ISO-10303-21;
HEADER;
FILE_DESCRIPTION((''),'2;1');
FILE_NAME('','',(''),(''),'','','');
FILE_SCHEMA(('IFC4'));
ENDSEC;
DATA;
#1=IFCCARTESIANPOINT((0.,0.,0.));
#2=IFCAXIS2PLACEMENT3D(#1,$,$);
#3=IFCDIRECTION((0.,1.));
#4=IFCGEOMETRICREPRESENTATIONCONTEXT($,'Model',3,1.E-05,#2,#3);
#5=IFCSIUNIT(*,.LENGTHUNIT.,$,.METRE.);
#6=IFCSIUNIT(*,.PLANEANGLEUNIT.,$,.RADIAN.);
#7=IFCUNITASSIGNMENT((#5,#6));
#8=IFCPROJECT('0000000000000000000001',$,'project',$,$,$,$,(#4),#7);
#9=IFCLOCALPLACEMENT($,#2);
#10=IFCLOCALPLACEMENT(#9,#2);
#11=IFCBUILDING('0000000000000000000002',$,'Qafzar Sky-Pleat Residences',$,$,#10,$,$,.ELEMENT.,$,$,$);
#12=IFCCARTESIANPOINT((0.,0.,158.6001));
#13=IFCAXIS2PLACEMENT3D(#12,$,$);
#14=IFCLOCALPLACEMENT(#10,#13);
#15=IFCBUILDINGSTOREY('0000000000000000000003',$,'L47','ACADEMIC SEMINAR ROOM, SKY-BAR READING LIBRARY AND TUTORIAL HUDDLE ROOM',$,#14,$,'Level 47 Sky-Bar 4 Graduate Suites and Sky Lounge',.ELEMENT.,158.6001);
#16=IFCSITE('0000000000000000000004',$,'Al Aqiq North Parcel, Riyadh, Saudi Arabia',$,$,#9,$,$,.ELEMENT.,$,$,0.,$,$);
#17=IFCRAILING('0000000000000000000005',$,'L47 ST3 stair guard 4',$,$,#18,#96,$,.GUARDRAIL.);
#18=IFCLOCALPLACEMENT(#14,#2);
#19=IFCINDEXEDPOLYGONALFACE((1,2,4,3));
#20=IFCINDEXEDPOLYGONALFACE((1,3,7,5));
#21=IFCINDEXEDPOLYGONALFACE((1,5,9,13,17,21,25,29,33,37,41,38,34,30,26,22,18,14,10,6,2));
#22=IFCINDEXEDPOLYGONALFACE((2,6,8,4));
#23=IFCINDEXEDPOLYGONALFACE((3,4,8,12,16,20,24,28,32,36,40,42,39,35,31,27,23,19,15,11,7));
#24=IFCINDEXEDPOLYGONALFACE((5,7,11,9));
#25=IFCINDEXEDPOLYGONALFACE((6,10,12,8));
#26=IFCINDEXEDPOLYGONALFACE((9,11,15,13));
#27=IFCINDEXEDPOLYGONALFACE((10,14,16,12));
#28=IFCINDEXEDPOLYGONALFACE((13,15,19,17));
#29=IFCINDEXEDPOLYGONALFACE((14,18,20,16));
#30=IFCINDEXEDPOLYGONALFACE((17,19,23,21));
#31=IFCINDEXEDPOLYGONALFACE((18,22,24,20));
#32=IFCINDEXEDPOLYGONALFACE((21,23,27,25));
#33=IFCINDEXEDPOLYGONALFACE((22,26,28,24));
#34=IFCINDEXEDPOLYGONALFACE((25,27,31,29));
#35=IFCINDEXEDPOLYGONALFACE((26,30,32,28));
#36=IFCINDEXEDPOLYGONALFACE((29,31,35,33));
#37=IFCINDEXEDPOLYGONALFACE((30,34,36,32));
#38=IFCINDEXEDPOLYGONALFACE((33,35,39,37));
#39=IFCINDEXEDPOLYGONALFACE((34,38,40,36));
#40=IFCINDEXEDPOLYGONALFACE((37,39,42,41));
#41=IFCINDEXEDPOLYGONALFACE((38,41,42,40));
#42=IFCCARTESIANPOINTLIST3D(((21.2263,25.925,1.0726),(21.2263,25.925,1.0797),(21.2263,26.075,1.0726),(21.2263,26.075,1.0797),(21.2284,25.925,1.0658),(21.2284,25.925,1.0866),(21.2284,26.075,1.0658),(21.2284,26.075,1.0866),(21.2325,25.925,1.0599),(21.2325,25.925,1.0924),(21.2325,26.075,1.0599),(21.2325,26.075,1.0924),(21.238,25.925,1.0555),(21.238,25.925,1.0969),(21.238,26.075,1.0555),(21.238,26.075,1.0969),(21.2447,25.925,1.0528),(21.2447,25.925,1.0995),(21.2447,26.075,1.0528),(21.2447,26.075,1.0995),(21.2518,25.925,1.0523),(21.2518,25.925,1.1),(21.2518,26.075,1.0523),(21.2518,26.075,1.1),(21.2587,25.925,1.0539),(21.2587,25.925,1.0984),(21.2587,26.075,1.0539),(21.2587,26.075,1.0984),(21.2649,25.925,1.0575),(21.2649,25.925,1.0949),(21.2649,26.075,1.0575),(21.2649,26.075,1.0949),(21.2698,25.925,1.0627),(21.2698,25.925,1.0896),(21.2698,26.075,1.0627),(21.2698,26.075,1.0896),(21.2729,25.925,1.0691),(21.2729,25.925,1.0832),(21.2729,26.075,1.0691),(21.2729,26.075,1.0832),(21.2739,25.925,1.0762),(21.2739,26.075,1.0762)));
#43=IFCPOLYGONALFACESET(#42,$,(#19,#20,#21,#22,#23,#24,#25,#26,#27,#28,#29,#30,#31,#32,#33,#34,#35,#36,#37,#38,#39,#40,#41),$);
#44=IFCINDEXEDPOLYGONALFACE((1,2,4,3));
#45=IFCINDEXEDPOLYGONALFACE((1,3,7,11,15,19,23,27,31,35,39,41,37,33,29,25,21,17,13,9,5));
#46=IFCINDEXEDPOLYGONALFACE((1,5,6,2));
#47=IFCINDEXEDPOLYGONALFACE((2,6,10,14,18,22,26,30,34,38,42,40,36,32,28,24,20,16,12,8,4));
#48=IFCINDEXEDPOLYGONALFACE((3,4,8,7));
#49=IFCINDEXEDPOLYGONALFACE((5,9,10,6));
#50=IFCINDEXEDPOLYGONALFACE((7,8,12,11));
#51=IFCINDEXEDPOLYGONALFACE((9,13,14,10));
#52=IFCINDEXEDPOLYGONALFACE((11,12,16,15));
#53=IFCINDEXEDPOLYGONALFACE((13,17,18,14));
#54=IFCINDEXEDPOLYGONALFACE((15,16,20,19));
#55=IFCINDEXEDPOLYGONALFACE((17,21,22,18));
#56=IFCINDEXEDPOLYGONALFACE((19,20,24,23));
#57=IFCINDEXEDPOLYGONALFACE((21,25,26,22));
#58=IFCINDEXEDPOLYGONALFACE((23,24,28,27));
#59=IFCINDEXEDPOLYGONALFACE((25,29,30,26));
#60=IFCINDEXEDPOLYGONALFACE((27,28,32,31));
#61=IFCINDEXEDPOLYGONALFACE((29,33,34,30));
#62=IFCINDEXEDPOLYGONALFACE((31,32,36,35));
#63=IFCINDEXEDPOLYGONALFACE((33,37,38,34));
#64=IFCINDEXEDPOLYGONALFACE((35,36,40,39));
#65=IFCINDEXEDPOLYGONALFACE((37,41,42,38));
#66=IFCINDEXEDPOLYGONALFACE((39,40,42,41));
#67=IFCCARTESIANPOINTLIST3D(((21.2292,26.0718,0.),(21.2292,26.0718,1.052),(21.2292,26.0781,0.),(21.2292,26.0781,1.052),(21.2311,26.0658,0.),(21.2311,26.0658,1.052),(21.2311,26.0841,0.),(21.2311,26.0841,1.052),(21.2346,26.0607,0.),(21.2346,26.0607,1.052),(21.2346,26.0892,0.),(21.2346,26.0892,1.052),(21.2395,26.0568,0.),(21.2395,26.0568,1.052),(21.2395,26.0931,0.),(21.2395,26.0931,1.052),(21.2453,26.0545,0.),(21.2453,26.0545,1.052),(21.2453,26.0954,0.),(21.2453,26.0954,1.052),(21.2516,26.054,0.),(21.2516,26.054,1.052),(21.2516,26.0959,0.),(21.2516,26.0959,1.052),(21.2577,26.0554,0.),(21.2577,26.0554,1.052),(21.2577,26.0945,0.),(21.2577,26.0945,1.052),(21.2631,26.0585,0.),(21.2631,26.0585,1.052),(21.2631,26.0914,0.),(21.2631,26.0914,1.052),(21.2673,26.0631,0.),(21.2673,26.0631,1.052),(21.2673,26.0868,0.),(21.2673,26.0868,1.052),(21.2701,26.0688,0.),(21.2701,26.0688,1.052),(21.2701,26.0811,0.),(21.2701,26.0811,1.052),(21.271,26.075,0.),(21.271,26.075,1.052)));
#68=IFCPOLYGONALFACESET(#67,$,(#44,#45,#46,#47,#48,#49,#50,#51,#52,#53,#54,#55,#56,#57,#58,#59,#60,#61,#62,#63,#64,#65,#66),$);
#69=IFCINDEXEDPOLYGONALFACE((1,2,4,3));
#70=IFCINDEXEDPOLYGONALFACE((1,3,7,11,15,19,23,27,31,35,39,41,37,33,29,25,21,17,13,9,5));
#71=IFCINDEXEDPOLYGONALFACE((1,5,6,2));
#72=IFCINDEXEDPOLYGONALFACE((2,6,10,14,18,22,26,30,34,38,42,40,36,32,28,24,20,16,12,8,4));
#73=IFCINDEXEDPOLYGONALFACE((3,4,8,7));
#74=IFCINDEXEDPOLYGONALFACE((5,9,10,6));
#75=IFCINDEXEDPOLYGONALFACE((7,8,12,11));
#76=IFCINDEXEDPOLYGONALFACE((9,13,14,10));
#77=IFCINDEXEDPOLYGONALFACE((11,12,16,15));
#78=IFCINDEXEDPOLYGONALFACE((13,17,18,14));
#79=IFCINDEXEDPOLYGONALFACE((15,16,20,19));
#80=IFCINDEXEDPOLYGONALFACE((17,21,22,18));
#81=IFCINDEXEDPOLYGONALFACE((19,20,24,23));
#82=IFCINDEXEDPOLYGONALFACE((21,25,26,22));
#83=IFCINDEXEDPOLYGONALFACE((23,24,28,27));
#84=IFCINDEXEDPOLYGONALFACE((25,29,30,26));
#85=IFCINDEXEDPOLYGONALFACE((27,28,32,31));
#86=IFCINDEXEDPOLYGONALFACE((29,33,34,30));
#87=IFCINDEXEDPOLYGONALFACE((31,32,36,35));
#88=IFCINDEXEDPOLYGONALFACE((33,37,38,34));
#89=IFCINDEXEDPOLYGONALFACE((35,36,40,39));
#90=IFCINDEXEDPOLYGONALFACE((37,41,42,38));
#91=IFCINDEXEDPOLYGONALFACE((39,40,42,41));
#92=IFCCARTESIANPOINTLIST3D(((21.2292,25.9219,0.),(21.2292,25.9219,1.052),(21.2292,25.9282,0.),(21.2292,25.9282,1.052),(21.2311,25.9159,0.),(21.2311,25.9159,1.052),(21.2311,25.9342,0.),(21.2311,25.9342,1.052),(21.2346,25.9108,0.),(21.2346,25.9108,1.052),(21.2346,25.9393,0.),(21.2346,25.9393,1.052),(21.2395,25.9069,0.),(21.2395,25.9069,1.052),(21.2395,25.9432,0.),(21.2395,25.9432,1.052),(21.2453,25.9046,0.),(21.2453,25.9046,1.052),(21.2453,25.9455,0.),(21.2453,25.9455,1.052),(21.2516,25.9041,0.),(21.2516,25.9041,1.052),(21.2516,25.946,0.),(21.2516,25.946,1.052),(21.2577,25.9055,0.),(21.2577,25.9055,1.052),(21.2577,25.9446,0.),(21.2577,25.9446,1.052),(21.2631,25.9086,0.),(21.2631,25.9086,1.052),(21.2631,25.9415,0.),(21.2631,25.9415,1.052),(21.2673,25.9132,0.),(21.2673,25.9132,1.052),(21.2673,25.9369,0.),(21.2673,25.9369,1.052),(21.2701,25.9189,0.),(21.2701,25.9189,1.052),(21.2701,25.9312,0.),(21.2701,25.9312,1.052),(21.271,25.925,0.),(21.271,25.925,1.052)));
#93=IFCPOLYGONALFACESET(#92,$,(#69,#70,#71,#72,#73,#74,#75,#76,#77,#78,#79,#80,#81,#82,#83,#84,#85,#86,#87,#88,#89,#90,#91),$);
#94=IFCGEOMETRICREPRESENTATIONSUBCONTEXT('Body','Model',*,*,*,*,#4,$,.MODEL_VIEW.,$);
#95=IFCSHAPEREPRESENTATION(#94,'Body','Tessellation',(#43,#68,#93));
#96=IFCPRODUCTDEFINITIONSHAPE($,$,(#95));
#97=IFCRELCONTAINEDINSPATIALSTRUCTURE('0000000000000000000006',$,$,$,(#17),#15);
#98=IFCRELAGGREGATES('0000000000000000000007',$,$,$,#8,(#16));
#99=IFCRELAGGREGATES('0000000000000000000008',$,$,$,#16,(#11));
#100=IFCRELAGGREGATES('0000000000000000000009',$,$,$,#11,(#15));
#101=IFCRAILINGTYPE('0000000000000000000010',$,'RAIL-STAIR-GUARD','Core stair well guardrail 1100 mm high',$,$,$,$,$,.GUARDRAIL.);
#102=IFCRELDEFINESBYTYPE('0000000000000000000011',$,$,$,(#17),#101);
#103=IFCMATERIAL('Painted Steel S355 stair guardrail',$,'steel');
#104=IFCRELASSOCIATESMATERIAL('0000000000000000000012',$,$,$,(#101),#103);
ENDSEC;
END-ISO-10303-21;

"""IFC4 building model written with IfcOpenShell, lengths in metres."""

from ifc_helpers import new_model, si_unit, direction, frame, origin, origin_2d, place, context, subcontext, project, spatial, circle, extrude, source, transform, mapped, material, type_object, element, save


model = new_model("IFC4")

# Units and contexts
model_context = context("Model", 3, precision=1e-05, world=origin(), true_north=direction((0.0, 1.0)))
body_context = subcontext(model_context, "Body", "Model", "MODEL_VIEW")
ifc_project = project(units=[si_unit("LENGTHUNIT", "METRE"), si_unit("PLANEANGLEUNIT", "RADIAN")], contexts=[model_context])

# Site, building, storey
site_placement = place(None, origin())
site = spatial("IfcSite", under=ifc_project, at=site_placement, Name="Al Aqiq North Parcel, Riyadh, Saudi Arabia", CompositionType="ELEMENT", RefElevation=0.0)
building_placement = place(site_placement, origin())
building = spatial("IfcBuilding", under=site, at=building_placement, Name="Qafzar Sky-Pleat Residences", CompositionType="ELEMENT")
storey_placement = place(building_placement, frame((0.0, 0.0, 158.6001)))
storey = spatial("IfcBuildingStorey", under=building, at=storey_placement, Name="L47", Description="ACADEMIC SEMINAR ROOM, SKY-BAR READING LIBRARY AND TUTORIAL HUDDLE ROOM", LongName="Level 47 Sky-Bar 4 Graduate Suites and Sky Lounge", CompositionType="ELEMENT", Elevation=158.6001)

# Railing
ifc_material_1 = material(Name="Painted Steel S355 stair guardrail", Category="steel")
railing_type_1 = type_object("IfcRailingType", Name="RAIL-STAIR-GUARD", Description="Core stair well guardrail 1100 mm high", PredefinedType="GUARDRAIL", material=ifc_material_1)
shared_shape_1 = source(origin(), body_context, "Body", "SweptSolid", [
    extrude(circle(Radius=0.0239, at=origin_2d()), frame((0.0, 0.0, 1.0762), z_axis=(0.0, -1.0, 0.0), x_axis=(1.0, 0.0, 0.0)), (0.0, 0.0, 1.0), 0.1499),
    extrude(circle(Radius=0.021, at=origin_2d()), origin(), (0.0, 0.0, 1.0), 1.052),
    extrude(circle(Radius=0.021, at=origin_2d()), frame((0.0, -0.1499, 0.0)), (0.0, 0.0, 1.0), 1.052),
])
for number, where, name in (
    (1, (21.25, 26.075, 0.0), "L47 ST3 stair guard 4"),
):
    element("IfcRailing", number, at=place(storey_placement, frame(where)), inside=storey, type_object=railing_type_1, Name=name, PredefinedType="GUARDRAIL", context=body_context, shape_type="MappedRepresentation", body=[
        mapped(shared_shape_1, transform((0.0, 0.0, 0.0), x_axis=(1.0, 0.0, 0.0), y_axis=(0.0, 1.0, 0.0), z_axis=(0.0, 0.0, 1.0), scale=1.0)),
    ])

save(model, "model.ifc")
